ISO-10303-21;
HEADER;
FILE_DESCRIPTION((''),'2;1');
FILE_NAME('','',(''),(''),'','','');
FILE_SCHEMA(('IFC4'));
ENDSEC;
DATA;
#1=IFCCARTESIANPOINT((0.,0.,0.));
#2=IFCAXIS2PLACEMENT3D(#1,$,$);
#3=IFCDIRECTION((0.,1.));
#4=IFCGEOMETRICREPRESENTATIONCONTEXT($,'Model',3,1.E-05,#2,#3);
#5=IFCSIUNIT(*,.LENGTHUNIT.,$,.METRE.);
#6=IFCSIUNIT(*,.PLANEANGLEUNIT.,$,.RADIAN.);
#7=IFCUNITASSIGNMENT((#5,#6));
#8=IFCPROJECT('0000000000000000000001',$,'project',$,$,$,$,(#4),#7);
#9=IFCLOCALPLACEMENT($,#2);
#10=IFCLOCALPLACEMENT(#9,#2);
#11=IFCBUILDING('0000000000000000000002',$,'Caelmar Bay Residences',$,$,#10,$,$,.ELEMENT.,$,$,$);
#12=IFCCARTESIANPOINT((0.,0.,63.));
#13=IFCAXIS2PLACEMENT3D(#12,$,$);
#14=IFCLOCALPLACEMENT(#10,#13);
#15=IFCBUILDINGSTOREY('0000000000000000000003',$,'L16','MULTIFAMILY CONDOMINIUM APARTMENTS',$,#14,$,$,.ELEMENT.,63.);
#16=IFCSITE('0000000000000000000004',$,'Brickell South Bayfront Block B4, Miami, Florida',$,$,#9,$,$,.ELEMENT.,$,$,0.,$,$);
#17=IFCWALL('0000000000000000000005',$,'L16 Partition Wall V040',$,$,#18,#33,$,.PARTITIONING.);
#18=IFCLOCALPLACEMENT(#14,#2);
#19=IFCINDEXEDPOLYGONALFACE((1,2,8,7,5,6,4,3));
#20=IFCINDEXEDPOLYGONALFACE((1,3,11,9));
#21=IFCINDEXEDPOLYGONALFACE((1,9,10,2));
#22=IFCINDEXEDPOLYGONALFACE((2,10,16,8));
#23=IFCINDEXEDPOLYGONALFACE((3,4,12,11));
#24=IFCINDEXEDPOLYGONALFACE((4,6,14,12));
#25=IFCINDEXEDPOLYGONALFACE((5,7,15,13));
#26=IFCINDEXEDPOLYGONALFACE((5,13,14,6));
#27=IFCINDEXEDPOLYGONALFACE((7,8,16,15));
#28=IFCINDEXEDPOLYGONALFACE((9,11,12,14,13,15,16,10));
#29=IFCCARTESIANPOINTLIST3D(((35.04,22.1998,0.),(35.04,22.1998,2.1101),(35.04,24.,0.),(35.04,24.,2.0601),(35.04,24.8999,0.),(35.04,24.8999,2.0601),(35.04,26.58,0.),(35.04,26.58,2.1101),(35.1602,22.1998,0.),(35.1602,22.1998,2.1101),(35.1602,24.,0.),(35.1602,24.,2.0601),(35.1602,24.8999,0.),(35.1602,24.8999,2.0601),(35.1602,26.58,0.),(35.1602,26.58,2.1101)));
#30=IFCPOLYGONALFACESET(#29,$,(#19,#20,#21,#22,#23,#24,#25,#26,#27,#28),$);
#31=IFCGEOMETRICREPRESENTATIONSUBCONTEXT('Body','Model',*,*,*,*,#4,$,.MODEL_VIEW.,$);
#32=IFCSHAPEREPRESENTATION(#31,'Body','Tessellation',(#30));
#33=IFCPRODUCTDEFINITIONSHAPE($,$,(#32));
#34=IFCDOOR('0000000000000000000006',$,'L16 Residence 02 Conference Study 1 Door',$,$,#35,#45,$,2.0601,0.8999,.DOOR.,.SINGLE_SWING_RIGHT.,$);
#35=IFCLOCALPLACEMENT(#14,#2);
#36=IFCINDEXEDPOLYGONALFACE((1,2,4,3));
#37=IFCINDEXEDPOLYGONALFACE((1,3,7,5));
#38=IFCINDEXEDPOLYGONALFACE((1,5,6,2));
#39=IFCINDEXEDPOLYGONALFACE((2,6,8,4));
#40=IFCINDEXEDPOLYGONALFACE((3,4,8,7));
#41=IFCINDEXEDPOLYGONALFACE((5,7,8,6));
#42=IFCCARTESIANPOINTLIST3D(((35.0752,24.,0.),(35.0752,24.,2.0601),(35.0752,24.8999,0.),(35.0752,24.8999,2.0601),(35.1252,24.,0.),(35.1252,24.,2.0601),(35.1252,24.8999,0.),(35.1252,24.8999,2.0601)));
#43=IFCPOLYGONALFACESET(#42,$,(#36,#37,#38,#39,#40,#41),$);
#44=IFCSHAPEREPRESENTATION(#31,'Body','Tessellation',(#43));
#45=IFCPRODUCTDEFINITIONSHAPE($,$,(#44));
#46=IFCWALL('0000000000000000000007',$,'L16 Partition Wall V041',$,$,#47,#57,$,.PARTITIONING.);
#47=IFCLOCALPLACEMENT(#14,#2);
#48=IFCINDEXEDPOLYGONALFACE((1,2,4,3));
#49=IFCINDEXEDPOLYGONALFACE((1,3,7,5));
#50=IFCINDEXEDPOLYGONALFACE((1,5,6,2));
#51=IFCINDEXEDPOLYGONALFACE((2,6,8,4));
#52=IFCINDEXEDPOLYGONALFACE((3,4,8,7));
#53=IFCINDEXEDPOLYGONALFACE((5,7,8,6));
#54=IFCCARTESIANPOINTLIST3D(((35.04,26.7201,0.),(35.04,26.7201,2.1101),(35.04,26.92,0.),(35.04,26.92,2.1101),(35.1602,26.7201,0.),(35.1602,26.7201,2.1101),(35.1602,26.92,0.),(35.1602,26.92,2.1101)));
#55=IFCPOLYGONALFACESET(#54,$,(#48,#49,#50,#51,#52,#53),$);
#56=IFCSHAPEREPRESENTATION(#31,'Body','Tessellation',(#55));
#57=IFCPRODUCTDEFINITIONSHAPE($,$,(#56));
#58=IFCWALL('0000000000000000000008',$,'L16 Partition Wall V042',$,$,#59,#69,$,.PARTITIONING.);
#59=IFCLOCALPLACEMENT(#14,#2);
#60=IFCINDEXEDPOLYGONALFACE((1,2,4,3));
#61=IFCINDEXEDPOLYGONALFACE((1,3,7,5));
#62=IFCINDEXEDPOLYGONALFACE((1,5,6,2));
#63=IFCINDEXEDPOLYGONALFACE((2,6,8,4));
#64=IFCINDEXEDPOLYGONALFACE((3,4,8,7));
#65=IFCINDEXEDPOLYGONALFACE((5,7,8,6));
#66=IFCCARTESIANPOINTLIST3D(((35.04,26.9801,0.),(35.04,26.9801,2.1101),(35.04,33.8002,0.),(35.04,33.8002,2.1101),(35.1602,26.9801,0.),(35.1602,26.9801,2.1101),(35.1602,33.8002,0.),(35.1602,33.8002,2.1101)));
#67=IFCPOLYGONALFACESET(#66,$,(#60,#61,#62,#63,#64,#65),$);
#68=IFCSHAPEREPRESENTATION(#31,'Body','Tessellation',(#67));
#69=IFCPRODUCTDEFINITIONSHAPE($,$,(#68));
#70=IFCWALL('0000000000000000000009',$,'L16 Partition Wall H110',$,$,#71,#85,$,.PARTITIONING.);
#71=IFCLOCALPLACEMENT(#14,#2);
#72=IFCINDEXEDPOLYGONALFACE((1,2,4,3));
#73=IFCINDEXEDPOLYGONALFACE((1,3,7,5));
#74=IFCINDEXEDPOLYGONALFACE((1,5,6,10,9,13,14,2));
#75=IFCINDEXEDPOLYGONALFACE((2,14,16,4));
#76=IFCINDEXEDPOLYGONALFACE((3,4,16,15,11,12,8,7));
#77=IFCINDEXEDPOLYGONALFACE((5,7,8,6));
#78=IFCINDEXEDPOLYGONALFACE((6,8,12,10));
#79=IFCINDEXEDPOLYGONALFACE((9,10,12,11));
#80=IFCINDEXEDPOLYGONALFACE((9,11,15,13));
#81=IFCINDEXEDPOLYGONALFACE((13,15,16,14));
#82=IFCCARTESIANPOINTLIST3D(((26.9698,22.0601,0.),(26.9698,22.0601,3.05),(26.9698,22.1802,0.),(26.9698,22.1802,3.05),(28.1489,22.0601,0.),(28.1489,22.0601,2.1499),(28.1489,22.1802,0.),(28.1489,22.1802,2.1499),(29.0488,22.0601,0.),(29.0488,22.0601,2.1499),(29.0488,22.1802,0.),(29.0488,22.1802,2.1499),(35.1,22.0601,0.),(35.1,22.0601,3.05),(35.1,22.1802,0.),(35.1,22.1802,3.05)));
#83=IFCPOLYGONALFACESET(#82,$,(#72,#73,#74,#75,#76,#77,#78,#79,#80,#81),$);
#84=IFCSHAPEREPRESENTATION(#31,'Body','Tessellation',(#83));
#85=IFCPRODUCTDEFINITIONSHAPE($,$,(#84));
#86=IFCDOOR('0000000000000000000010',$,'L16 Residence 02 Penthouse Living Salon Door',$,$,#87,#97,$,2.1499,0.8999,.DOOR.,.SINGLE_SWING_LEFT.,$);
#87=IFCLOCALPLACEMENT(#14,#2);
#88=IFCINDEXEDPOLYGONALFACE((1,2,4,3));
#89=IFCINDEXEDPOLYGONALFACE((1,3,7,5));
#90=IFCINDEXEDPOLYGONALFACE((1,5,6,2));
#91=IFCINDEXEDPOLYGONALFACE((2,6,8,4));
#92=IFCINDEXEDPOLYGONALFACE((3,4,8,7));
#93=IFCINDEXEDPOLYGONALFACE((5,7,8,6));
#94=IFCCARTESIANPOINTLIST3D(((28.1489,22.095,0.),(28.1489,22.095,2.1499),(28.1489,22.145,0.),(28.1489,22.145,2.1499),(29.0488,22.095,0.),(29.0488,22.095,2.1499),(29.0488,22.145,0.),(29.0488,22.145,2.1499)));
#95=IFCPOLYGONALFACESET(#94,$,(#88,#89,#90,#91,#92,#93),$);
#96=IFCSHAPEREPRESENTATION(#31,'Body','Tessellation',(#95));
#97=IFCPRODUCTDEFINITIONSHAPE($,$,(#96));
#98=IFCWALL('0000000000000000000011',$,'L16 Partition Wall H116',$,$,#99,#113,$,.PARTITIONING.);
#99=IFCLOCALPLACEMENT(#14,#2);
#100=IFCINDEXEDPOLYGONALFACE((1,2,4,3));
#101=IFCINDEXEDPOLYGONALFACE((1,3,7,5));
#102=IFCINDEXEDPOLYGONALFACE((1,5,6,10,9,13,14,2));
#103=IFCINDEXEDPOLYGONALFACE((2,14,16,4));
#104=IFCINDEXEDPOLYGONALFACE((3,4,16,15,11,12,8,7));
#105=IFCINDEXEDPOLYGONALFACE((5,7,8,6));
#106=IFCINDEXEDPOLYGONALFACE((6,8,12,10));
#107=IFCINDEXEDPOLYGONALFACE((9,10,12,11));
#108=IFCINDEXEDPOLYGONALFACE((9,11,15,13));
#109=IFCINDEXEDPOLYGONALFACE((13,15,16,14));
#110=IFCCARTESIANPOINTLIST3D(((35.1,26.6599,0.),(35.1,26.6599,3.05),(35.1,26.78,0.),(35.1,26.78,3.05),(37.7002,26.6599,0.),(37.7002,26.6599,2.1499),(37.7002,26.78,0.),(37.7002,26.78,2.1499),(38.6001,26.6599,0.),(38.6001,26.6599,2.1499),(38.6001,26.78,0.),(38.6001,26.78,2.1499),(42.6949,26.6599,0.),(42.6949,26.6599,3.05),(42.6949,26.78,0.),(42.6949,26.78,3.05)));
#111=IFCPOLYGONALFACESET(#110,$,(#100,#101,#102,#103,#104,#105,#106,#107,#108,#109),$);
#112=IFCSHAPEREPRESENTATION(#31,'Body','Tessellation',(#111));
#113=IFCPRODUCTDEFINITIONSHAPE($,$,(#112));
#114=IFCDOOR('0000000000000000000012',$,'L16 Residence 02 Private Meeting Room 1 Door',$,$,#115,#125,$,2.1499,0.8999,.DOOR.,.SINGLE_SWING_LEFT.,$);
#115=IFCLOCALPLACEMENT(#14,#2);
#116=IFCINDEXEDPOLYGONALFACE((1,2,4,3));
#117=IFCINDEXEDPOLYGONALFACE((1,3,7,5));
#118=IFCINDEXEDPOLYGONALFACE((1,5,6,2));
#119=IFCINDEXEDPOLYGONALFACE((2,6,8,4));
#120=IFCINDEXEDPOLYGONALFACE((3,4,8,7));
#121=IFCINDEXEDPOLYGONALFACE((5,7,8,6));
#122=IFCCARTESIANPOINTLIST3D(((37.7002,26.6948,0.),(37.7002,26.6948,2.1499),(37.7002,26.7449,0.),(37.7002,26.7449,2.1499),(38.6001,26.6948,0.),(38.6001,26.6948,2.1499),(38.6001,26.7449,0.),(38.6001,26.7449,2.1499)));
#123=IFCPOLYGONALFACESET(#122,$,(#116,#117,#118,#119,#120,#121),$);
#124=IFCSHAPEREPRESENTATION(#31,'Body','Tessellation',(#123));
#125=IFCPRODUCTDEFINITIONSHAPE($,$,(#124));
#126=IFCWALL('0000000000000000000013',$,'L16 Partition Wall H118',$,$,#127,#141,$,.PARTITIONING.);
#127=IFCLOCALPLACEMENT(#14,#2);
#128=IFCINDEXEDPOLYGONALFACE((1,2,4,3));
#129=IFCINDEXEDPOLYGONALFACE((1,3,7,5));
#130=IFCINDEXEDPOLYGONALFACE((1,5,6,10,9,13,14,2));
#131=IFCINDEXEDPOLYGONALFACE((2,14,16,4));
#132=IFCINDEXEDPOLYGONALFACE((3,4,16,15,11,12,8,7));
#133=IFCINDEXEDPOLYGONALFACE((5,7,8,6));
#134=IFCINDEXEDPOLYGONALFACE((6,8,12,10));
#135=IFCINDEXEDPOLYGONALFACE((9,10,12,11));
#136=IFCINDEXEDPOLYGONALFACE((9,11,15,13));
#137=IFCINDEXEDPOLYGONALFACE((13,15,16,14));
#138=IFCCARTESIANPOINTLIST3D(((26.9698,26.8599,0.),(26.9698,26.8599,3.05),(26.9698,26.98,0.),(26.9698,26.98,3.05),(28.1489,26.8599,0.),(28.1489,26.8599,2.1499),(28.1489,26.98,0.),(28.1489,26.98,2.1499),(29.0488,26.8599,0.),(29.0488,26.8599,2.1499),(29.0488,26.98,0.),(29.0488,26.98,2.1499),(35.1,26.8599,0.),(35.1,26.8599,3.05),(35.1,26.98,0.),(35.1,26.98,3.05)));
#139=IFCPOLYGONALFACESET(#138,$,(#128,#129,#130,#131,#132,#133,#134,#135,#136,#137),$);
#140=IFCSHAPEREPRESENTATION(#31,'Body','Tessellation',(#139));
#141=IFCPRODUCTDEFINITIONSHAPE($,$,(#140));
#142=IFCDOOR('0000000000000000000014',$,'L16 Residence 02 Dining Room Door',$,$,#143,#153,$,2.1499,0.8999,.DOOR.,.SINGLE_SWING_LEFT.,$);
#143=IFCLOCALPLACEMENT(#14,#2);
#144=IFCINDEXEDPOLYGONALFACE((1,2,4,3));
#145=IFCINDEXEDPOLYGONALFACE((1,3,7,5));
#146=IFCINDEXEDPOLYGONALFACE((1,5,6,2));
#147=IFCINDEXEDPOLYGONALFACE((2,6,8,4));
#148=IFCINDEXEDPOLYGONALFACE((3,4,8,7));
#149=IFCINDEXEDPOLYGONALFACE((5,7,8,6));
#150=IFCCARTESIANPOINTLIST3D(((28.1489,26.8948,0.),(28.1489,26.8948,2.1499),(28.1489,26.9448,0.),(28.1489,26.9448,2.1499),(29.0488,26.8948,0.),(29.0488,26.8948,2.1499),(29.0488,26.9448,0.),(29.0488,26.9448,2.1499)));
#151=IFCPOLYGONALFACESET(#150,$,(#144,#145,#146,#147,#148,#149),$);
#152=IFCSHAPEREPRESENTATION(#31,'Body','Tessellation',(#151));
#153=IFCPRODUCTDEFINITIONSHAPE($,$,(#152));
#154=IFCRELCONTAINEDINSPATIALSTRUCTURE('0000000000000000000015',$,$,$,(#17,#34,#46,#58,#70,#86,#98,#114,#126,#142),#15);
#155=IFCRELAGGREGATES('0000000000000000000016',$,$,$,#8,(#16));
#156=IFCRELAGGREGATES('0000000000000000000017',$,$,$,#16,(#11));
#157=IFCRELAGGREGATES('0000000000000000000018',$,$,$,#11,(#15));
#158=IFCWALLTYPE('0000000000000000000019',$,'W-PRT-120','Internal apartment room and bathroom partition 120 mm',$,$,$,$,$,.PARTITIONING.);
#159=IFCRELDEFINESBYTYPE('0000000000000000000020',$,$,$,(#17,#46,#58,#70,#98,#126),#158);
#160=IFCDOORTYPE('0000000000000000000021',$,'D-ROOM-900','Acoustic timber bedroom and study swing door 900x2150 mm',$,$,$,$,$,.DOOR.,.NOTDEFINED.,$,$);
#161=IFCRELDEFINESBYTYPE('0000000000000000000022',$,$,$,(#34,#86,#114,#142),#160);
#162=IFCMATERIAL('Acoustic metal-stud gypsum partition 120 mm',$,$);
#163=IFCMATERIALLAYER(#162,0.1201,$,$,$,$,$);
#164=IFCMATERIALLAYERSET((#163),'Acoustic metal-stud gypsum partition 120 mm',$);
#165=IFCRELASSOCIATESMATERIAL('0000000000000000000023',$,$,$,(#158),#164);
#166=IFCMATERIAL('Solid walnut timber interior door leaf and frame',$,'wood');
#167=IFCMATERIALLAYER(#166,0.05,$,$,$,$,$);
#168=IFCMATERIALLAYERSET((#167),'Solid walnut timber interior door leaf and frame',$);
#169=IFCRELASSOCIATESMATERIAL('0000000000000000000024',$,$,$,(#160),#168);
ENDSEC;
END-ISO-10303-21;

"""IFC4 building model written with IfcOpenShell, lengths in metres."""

from ifc_helpers import new_model, si_unit, direction, frame, frame_2d, origin, place, context, subcontext, project, spatial, rectangle, extrude, material, layer, layer_set, type_object, element, fill, save


model = new_model("IFC4")

# Units and contexts
model_context = context("Model", 3, precision=1e-05, world=origin(), true_north=direction((0.0, 1.0)))
body_context = subcontext(model_context, "Body", "Model", "MODEL_VIEW")
ifc_project = project(units=[si_unit("LENGTHUNIT", "METRE"), si_unit("PLANEANGLEUNIT", "RADIAN")], contexts=[model_context])

# Site, building, storey
site_placement = place(None, origin())
site = spatial("IfcSite", under=ifc_project, at=site_placement, Name="Brickell South Bayfront Block B4, Miami, Florida", CompositionType="ELEMENT", RefElevation=0.0)
building_placement = place(site_placement, origin())
building = spatial("IfcBuilding", under=site, at=building_placement, Name="Caelmar Bay Residences", CompositionType="ELEMENT")
storey_placement = place(building_placement, frame((0.0, 0.0, 63.0)))
storey = spatial("IfcBuildingStorey", under=building, at=storey_placement, Name="L16", Description="MULTIFAMILY CONDOMINIUM APARTMENTS", CompositionType="ELEMENT", Elevation=63.0)

# Shared definitions
ifc_material_1 = material(Name="Acoustic metal-stud gypsum partition 120 mm")
ifc_layer_1 = layer(ifc_material_1, 0.1201)
ifc_layer_set_1 = layer_set([ifc_layer_1], Name="Acoustic metal-stud gypsum partition 120 mm")
wall_type_1 = type_object("IfcWallType", Name="W-PRT-120", Description="Internal apartment room and bathroom partition 120 mm", PredefinedType="PARTITIONING", material=ifc_layer_set_1)
ifc_material_2 = material(Name="Solid walnut timber interior door leaf and frame", Category="wood")
ifc_layer_2 = layer(ifc_material_2, 0.05)
ifc_layer_set_2 = layer_set([ifc_layer_2], Name="Solid walnut timber interior door leaf and frame")
door_type_1 = type_object("IfcDoorType", Name="D-ROOM-900", Description="Acoustic timber bedroom and study swing door 900x2150 mm", OperationType="NOTDEFINED", PredefinedType="DOOR", material=ifc_layer_set_2)

# Wall, opening, door
wall_1_placement = place(storey_placement, frame((35.1001, 22.2, 0.0), z_axis=(0.0, 0.0, 1.0), x_axis=(0.0, 1.0, 0.0)))
wall_1 = element("IfcWall", 1, at=wall_1_placement, inside=storey, type_object=wall_type_1, Name="L16 Partition Wall V040", PredefinedType="PARTITIONING", context=body_context, shape_type="SweptSolid", body=[
    extrude(rectangle(XDim=4.3801, YDim=0.1201, at=frame_2d((2.1899, 0.0))), origin(), (0.0, 0.0, 1.0), 2.1101),
])
opening_1_placement = place(wall_1_placement, frame((1.8, 0.0, 0.0)))
opening_1 = element("IfcOpeningElement", 2, at=opening_1_placement, cuts=wall_1, PredefinedType="OPENING", context=body_context, shape_type="SweptSolid", body=[
    extrude(rectangle(XDim=0.8999, YDim=2.0601, at=frame_2d((0.45, 1.03))), frame((0.0, 0.0701, 0.0), z_axis=(0.0, -1.0, 0.0), x_axis=(1.0, 0.0, 0.0)), (0.0, 0.0, 1.0), 0.1401),
])
door_1_placement = place(opening_1_placement, origin())
door_1 = element("IfcDoor", 3, at=door_1_placement, inside=storey, type_object=door_type_1, Name="L16 Residence 02 Conference Study 1 Door", OperationType="SINGLE_SWING_RIGHT", OverallHeight=2.0601, OverallWidth=0.8999, PredefinedType="DOOR", context=body_context, shape_type="SweptSolid", body=[
    extrude(rectangle(XDim=0.8999, YDim=2.0601, at=frame_2d((0.45, 1.03))), frame((0.0, 0.0249, 0.0), z_axis=(0.0, -1.0, 0.0), x_axis=(1.0, 0.0, 0.0)), (0.0, 0.0, 1.0), 0.05),
])
fill(opening_1, door_1)

# Walls
wall_2_placement = place(storey_placement, frame((35.1001, 26.72, 0.0), z_axis=(0.0, 0.0, 1.0), x_axis=(0.0, 1.0, 0.0)))
element("IfcWall", 4, at=wall_2_placement, inside=storey, type_object=wall_type_1, Name="L16 Partition Wall V041", PredefinedType="PARTITIONING", context=body_context, shape_type="SweptSolid", body=[
    extrude(rectangle(XDim=0.2, YDim=0.1201, at=frame_2d((0.1001, 0.0))), origin(), (0.0, 0.0, 1.0), 2.1101),
])
wall_3_placement = place(storey_placement, frame((35.1001, 26.98, 0.0), z_axis=(0.0, 0.0, 1.0), x_axis=(0.0, 1.0, 0.0)))
element("IfcWall", 5, at=wall_3_placement, inside=storey, type_object=wall_type_1, Name="L16 Partition Wall V042", PredefinedType="PARTITIONING", context=body_context, shape_type="SweptSolid", body=[
    extrude(rectangle(XDim=6.8201, YDim=0.1201, at=frame_2d((3.4102, 0.0))), origin(), (0.0, 0.0, 1.0), 2.1101),
])

# Walls, openings, doors
wall_4_placement = place(storey_placement, frame((26.97, 22.1201, 0.0), z_axis=(0.0, 0.0, 1.0), x_axis=(1.0, 0.0, 0.0)))
wall_4 = element("IfcWall", 6, at=wall_4_placement, inside=storey, type_object=wall_type_1, Name="L16 Partition Wall H110", PredefinedType="PARTITIONING", context=body_context, shape_type="SweptSolid", body=[
    extrude(rectangle(XDim=8.1301, YDim=0.1201, at=frame_2d((4.0649, 0.0))), origin(), (0.0, 0.0, 1.0), 3.05),
])
opening_2_placement = place(wall_4_placement, frame((1.179, 0.0, 0.0)))
opening_2 = element("IfcOpeningElement", 7, at=opening_2_placement, cuts=wall_4, PredefinedType="OPENING", context=body_context, shape_type="SweptSolid", body=[
    extrude(rectangle(XDim=0.8999, YDim=2.1499, at=frame_2d((0.45, 1.075))), frame((0.0, 0.0701, 0.0), z_axis=(0.0, -1.0, 0.0), x_axis=(1.0, 0.0, 0.0)), (0.0, 0.0, 1.0), 0.1401),
])
door_2_placement = place(opening_2_placement, origin())
door_2 = element("IfcDoor", 8, at=door_2_placement, inside=storey, type_object=door_type_1, Name="L16 Residence 02 Penthouse Living Salon Door", OperationType="SINGLE_SWING_LEFT", OverallHeight=2.1499, OverallWidth=0.8999, PredefinedType="DOOR", context=body_context, shape_type="SweptSolid", body=[
    extrude(rectangle(XDim=0.8999, YDim=2.1499, at=frame_2d((0.45, 1.075))), frame((0.0, 0.0249, 0.0), z_axis=(0.0, -1.0, 0.0), x_axis=(1.0, 0.0, 0.0)), (0.0, 0.0, 1.0), 0.05),
])
fill(opening_2, door_2)
wall_5_placement = place(storey_placement, frame((35.1001, 26.72, 0.0), z_axis=(0.0, 0.0, 1.0), x_axis=(1.0, 0.0, 0.0)))
wall_5 = element("IfcWall", 9, at=wall_5_placement, inside=storey, type_object=wall_type_1, Name="L16 Partition Wall H116", PredefinedType="PARTITIONING", context=body_context, shape_type="SweptSolid", body=[
    extrude(rectangle(XDim=7.595, YDim=0.1201, at=frame_2d((3.7974, 0.0))), origin(), (0.0, 0.0, 1.0), 3.05),
])
opening_3_placement = place(wall_5_placement, frame((2.6001, 0.0, 0.0)))
opening_3 = element("IfcOpeningElement", 10, at=opening_3_placement, cuts=wall_5, PredefinedType="OPENING", context=body_context, shape_type="SweptSolid", body=[
    extrude(rectangle(XDim=0.8999, YDim=2.1499, at=frame_2d((0.45, 1.075))), frame((0.0, 0.0701, 0.0), z_axis=(0.0, -1.0, 0.0), x_axis=(1.0, 0.0, 0.0)), (0.0, 0.0, 1.0), 0.1401),
])
door_3_placement = place(opening_3_placement, origin())
door_3 = element("IfcDoor", 11, at=door_3_placement, inside=storey, type_object=door_type_1, Name="L16 Residence 02 Private Meeting Room 1 Door", OperationType="SINGLE_SWING_LEFT", OverallHeight=2.1499, OverallWidth=0.8999, PredefinedType="DOOR", context=body_context, shape_type="SweptSolid", body=[
    extrude(rectangle(XDim=0.8999, YDim=2.1499, at=frame_2d((0.45, 1.075))), frame((0.0, 0.0249, 0.0), z_axis=(0.0, -1.0, 0.0), x_axis=(1.0, 0.0, 0.0)), (0.0, 0.0, 1.0), 0.05),
])
fill(opening_3, door_3)
wall_6_placement = place(storey_placement, frame((26.97, 26.9199, 0.0), z_axis=(0.0, 0.0, 1.0), x_axis=(1.0, 0.0, 0.0)))
wall_6 = element("IfcWall", 12, at=wall_6_placement, inside=storey, type_object=wall_type_1, Name="L16 Partition Wall H118", PredefinedType="PARTITIONING", context=body_context, shape_type="SweptSolid", body=[
    extrude(rectangle(XDim=8.1301, YDim=0.1201, at=frame_2d((4.0649, 0.0))), origin(), (0.0, 0.0, 1.0), 3.05),
])
opening_4_placement = place(wall_6_placement, frame((1.179, 0.0, 0.0)))
opening_4 = element("IfcOpeningElement", 13, at=opening_4_placement, cuts=wall_6, PredefinedType="OPENING", context=body_context, shape_type="SweptSolid", body=[
    extrude(rectangle(XDim=0.8999, YDim=2.1499, at=frame_2d((0.45, 1.075))), frame((0.0, 0.0701, 0.0), z_axis=(0.0, -1.0, 0.0), x_axis=(1.0, 0.0, 0.0)), (0.0, 0.0, 1.0), 0.1401),
])
door_4_placement = place(opening_4_placement, origin())
door_4 = element("IfcDoor", 14, at=door_4_placement, inside=storey, type_object=door_type_1, Name="L16 Residence 02 Dining Room Door", OperationType="SINGLE_SWING_LEFT", OverallHeight=2.1499, OverallWidth=0.8999, PredefinedType="DOOR", context=body_context, shape_type="SweptSolid", body=[
    extrude(rectangle(XDim=0.8999, YDim=2.1499, at=frame_2d((0.45, 1.075))), frame((0.0, 0.0249, 0.0), z_axis=(0.0, -1.0, 0.0), x_axis=(1.0, 0.0, 0.0)), (0.0, 0.0, 1.0), 0.05),
])
fill(opening_4, door_4)

save(model, "model.ifc")
